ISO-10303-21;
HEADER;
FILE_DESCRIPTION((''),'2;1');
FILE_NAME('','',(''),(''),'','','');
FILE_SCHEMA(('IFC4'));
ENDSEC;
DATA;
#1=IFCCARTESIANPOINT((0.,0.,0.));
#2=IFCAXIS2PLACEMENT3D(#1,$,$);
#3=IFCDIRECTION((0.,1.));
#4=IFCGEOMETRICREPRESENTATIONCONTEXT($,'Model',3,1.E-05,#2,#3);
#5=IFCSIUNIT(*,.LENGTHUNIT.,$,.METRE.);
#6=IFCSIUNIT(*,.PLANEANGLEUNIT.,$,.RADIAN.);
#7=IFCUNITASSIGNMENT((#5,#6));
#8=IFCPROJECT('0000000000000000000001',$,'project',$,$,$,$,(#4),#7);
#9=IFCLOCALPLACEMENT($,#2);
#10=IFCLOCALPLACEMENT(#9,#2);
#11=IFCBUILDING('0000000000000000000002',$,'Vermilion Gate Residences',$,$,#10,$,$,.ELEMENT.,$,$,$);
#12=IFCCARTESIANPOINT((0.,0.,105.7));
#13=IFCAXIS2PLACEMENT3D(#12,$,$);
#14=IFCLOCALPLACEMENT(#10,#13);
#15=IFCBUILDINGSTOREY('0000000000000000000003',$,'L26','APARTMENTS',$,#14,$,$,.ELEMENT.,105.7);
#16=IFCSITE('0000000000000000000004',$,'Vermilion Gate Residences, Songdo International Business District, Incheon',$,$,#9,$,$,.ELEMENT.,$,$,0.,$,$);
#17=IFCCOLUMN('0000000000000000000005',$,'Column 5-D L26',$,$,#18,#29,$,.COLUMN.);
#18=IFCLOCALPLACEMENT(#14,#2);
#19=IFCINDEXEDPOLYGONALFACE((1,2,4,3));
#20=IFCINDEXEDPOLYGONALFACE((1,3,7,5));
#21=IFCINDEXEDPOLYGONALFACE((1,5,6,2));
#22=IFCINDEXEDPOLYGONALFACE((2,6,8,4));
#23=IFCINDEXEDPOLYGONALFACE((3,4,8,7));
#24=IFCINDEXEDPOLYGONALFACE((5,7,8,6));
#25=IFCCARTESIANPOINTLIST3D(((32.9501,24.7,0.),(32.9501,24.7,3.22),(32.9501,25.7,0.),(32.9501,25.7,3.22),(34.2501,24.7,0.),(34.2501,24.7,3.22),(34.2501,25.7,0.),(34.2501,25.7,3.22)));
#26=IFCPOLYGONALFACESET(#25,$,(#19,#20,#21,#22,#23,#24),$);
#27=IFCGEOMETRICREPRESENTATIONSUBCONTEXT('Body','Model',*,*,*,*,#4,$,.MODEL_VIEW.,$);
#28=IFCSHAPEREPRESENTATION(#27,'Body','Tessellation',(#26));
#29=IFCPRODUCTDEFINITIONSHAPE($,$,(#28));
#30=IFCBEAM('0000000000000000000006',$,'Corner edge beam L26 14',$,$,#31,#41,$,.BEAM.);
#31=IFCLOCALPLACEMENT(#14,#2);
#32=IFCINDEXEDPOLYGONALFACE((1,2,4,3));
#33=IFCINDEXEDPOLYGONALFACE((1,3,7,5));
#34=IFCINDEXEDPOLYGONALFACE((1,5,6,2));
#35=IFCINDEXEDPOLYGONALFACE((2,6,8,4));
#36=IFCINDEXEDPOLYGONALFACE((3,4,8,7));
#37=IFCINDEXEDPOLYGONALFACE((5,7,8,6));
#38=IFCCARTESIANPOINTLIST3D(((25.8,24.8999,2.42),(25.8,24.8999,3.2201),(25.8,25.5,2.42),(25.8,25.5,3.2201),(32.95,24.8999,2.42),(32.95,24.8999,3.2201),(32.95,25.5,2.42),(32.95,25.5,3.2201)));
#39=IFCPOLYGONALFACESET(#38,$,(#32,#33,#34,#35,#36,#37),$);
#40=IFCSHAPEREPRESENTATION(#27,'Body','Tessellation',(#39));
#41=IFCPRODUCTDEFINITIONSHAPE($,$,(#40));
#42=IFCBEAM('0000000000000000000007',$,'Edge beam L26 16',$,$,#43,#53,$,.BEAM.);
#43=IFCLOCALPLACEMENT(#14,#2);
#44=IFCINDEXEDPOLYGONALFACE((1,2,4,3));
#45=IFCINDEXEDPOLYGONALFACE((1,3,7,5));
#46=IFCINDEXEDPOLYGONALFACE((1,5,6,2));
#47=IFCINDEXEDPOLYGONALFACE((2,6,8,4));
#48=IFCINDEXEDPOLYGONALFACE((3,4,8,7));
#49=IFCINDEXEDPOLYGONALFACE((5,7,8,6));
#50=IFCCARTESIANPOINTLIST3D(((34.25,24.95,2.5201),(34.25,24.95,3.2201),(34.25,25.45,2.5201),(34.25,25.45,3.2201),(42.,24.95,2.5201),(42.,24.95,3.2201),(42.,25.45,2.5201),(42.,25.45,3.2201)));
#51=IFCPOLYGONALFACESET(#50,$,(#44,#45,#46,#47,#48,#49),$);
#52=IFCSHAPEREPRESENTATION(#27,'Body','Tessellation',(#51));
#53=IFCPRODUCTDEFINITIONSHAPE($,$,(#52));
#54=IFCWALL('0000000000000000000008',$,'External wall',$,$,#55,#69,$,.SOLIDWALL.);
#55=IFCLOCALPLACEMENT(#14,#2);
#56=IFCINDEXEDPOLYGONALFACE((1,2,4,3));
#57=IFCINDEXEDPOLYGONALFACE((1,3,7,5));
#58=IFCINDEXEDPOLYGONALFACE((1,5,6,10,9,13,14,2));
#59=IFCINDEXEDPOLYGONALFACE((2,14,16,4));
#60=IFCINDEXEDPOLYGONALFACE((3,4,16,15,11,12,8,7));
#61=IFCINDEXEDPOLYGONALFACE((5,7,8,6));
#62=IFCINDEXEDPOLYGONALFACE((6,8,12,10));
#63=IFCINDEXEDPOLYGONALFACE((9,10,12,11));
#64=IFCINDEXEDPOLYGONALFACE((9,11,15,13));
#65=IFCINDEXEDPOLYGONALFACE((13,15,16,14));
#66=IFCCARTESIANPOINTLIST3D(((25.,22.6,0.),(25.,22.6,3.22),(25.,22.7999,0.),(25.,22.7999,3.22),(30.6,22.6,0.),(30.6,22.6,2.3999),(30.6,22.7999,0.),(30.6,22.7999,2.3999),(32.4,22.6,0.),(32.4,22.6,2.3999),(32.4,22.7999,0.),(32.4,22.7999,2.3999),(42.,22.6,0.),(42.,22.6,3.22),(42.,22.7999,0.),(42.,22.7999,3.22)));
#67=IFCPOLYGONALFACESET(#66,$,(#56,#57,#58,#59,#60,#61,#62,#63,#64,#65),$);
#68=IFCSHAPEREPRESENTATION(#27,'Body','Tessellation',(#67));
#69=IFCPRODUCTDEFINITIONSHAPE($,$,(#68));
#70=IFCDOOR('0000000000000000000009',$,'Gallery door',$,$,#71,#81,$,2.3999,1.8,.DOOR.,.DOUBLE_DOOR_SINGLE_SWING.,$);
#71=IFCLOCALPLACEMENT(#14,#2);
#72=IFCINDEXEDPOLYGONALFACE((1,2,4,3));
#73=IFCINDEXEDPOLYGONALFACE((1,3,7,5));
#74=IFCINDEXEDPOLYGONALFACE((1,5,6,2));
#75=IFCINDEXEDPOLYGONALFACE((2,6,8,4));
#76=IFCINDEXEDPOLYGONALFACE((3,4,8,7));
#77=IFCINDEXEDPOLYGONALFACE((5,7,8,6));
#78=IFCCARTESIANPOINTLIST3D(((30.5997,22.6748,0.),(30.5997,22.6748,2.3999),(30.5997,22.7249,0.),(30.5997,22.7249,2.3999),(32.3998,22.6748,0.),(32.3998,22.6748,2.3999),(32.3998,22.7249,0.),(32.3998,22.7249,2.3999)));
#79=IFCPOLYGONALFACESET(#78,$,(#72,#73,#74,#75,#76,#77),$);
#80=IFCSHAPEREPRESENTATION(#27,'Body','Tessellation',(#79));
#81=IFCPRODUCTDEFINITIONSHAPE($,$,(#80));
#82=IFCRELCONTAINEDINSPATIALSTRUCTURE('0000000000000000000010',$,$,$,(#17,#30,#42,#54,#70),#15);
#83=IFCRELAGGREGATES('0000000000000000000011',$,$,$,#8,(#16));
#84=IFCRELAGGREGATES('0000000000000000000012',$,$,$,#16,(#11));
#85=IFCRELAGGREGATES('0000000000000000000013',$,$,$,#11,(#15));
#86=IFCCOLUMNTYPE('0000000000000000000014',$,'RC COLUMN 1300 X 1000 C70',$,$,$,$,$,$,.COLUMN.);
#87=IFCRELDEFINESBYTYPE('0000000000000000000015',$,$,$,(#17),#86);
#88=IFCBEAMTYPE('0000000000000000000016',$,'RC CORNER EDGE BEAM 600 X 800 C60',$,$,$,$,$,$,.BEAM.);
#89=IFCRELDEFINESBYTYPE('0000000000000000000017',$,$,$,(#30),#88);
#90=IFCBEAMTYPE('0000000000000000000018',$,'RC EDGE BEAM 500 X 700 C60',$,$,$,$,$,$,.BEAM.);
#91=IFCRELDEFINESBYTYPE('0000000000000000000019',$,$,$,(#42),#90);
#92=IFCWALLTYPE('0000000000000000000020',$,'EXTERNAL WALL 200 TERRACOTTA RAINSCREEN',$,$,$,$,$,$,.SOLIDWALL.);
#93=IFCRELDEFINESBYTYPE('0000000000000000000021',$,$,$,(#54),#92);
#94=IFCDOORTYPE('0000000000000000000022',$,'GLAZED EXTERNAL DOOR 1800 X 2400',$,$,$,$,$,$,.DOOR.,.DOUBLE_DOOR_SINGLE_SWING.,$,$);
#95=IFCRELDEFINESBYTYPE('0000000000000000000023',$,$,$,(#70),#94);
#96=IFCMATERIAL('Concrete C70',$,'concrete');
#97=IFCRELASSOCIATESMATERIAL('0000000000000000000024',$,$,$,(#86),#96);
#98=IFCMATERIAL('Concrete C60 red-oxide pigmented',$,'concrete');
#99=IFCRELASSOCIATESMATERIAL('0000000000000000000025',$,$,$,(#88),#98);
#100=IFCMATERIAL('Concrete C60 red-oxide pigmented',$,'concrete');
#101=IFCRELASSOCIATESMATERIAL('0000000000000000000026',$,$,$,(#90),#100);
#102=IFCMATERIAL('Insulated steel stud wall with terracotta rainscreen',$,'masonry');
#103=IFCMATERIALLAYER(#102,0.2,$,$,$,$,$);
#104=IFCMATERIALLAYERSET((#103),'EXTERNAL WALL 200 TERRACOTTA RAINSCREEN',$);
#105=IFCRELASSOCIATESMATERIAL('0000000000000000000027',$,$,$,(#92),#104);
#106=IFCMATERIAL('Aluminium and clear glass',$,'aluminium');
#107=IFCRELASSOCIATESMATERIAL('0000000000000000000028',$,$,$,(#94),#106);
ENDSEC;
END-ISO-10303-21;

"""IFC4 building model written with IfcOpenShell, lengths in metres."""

from ifc_helpers import new_model, si_unit, direction, frame, frame_2d, origin, origin_2d, place, context, subcontext, project, spatial, rectangle, extrude, material, layer, layer_set, material_profile, profile_set, type_object, element, fill, save


model = new_model("IFC4")

# Units and contexts
model_context = context("Model", 3, precision=1e-05, world=origin(), true_north=direction((0.0, 1.0)))
body_context = subcontext(model_context, "Body", "Model", "MODEL_VIEW")
ifc_project = project(units=[si_unit("LENGTHUNIT", "METRE"), si_unit("PLANEANGLEUNIT", "RADIAN")], contexts=[model_context])

# Site, building, storey
site_placement = place(None, origin())
site = spatial("IfcSite", under=ifc_project, at=site_placement, Name="Vermilion Gate Residences, Songdo International Business District, Incheon", CompositionType="ELEMENT", RefElevation=0.0)
building_placement = place(site_placement, origin())
building = spatial("IfcBuilding", under=site, at=building_placement, Name="Vermilion Gate Residences", CompositionType="ELEMENT")
storey_placement = place(building_placement, frame((0.0, 0.0, 105.7)))
storey = spatial("IfcBuildingStorey", under=building, at=storey_placement, Name="L26", Description="APARTMENTS", CompositionType="ELEMENT", Elevation=105.7)

# Column
ifc_material_1 = material(Name="Concrete C70", Category="concrete")
ifc_material_profile_1 = material_profile(ifc_material_1, rectangle(XDim=1.3, YDim=1.0, at=origin_2d()), Name="RC-1300x1000")
ifc_profile_set_1 = profile_set([ifc_material_profile_1], Name="Concrete C70")
column_type = type_object("IfcColumnType", Name="RC COLUMN 1300 X 1000 C70", PredefinedType="COLUMN", material=ifc_profile_set_1)
column_placement = place(storey_placement, frame((33.6001, 25.2, 0.0), z_axis=(0.0, 0.0, 1.0), x_axis=(1.0, 0.0, 0.0)))
element("IfcColumn", 1, at=column_placement, inside=storey, type_object=column_type, Name="Column 5-D L26", PredefinedType="COLUMN", context=body_context, shape_type="SweptSolid", body=[
    extrude(rectangle(XDim=1.3, YDim=1.0, at=origin_2d()), origin(), (0.0, 0.0, 1.0), 3.22),
])

# Beams
ifc_material_2 = material(Name="Concrete C60 red-oxide pigmented", Category="concrete")
ifc_material_profile_2 = material_profile(ifc_material_2, rectangle(XDim=0.6001, YDim=0.8, at=origin_2d()), Name="RC-600x800")
ifc_profile_set_2 = profile_set([ifc_material_profile_2], Name="Concrete C60 red-oxide pigmented")
beam_type_1 = type_object("IfcBeamType", Name="RC CORNER EDGE BEAM 600 X 800 C60", PredefinedType="BEAM", material=ifc_profile_set_2)
beam_1_placement = place(storey_placement, frame((25.8, 25.2, 2.8201), z_axis=(1.0, 0.0, 0.0), x_axis=(0.0, 1.0, 0.0)))
element("IfcBeam", 2, at=beam_1_placement, inside=storey, type_object=beam_type_1, Name="Corner edge beam L26 14", PredefinedType="BEAM", context=body_context, shape_type="SweptSolid", body=[
    extrude(rectangle(XDim=0.6001, YDim=0.8, at=origin_2d()), origin(), (0.0, 0.0, 1.0), 7.1499),
])
ifc_material_3 = material(Name="Concrete C60 red-oxide pigmented", Category="concrete")
ifc_material_profile_3 = material_profile(ifc_material_3, rectangle(XDim=0.5, YDim=0.7, at=origin_2d()), Name="RC-500x700")
ifc_profile_set_3 = profile_set([ifc_material_profile_3], Name="Concrete C60 red-oxide pigmented")
beam_type_2 = type_object("IfcBeamType", Name="RC EDGE BEAM 500 X 700 C60", PredefinedType="BEAM", material=ifc_profile_set_3)
beam_2_placement = place(storey_placement, frame((34.25, 25.2, 2.8701), z_axis=(1.0, 0.0, 0.0), x_axis=(0.0, 1.0, 0.0)))
element("IfcBeam", 3, at=beam_2_placement, inside=storey, type_object=beam_type_2, Name="Edge beam L26 16", PredefinedType="BEAM", context=body_context, shape_type="SweptSolid", body=[
    extrude(rectangle(XDim=0.5, YDim=0.7, at=origin_2d()), origin(), (0.0, 0.0, 1.0), 7.75),
])

# Wall, opening, door
ifc_material_4 = material(Name="Insulated steel stud wall with terracotta rainscreen", Category="masonry")
ifc_layer_1 = layer(ifc_material_4, 0.2)
ifc_layer_set_1 = layer_set([ifc_layer_1], Name="EXTERNAL WALL 200 TERRACOTTA RAINSCREEN")
wall_type_1 = type_object("IfcWallType", Name="EXTERNAL WALL 200 TERRACOTTA RAINSCREEN", PredefinedType="SOLIDWALL", material=ifc_layer_set_1)
wall_1_placement = place(storey_placement, frame((42.0, 22.7, 0.0), z_axis=(0.0, 0.0, 1.0), x_axis=(-1.0, 0.0, 0.0)))
wall_1 = element("IfcWall", 4, at=wall_1_placement, inside=storey, type_object=wall_type_1, Name="External wall", PredefinedType="SOLIDWALL", context=body_context, shape_type="SweptSolid", body=[
    extrude(rectangle(XDim=17.0, YDim=0.2, at=frame_2d((8.5, 0.0))), origin(), (0.0, 0.0, 1.0), 3.22),
])
opening_1_placement = place(wall_1_placement, frame((9.6001, 0.0, 0.0)))
opening_1 = element("IfcOpeningElement", 5, at=opening_1_placement, cuts=wall_1, PredefinedType="OPENING", context=body_context, shape_type="SweptSolid", body=[
    extrude(rectangle(XDim=1.8, YDim=2.3999, at=frame_2d((0.8999, 1.2))), frame((0.0, 0.1099, 0.0), z_axis=(0.0, -1.0, 0.0), x_axis=(1.0, 0.0, 0.0)), (0.0, 0.0, 1.0), 0.22),
])
ifc_material_5 = material(Name="Aluminium and clear glass", Category="aluminium")
door_type = type_object("IfcDoorType", Name="GLAZED EXTERNAL DOOR 1800 X 2400", OperationType="DOUBLE_DOOR_SINGLE_SWING", PredefinedType="DOOR", material=ifc_material_5)
door_placement = place(opening_1_placement, frame((1.8, 0.0, 0.0), z_axis=(0.0, 0.0, 1.0), x_axis=(-1.0, 0.0, 0.0)))
door = element("IfcDoor", 6, at=door_placement, inside=storey, type_object=door_type, Name="Gallery door", OperationType="DOUBLE_DOOR_SINGLE_SWING", OverallHeight=2.3999, OverallWidth=1.8, PredefinedType="DOOR", context=body_context, shape_type="SweptSolid", body=[
    extrude(rectangle(XDim=1.8, YDim=2.3999, at=frame_2d((0.8999, 1.2))), frame((0.0, 0.0249, 0.0), z_axis=(0.0, -1.0, 0.0), x_axis=(1.0, 0.0, 0.0)), (0.0, 0.0, 1.0), 0.05),
])
fill(opening_1, door)

save(model, "model.ifc")
